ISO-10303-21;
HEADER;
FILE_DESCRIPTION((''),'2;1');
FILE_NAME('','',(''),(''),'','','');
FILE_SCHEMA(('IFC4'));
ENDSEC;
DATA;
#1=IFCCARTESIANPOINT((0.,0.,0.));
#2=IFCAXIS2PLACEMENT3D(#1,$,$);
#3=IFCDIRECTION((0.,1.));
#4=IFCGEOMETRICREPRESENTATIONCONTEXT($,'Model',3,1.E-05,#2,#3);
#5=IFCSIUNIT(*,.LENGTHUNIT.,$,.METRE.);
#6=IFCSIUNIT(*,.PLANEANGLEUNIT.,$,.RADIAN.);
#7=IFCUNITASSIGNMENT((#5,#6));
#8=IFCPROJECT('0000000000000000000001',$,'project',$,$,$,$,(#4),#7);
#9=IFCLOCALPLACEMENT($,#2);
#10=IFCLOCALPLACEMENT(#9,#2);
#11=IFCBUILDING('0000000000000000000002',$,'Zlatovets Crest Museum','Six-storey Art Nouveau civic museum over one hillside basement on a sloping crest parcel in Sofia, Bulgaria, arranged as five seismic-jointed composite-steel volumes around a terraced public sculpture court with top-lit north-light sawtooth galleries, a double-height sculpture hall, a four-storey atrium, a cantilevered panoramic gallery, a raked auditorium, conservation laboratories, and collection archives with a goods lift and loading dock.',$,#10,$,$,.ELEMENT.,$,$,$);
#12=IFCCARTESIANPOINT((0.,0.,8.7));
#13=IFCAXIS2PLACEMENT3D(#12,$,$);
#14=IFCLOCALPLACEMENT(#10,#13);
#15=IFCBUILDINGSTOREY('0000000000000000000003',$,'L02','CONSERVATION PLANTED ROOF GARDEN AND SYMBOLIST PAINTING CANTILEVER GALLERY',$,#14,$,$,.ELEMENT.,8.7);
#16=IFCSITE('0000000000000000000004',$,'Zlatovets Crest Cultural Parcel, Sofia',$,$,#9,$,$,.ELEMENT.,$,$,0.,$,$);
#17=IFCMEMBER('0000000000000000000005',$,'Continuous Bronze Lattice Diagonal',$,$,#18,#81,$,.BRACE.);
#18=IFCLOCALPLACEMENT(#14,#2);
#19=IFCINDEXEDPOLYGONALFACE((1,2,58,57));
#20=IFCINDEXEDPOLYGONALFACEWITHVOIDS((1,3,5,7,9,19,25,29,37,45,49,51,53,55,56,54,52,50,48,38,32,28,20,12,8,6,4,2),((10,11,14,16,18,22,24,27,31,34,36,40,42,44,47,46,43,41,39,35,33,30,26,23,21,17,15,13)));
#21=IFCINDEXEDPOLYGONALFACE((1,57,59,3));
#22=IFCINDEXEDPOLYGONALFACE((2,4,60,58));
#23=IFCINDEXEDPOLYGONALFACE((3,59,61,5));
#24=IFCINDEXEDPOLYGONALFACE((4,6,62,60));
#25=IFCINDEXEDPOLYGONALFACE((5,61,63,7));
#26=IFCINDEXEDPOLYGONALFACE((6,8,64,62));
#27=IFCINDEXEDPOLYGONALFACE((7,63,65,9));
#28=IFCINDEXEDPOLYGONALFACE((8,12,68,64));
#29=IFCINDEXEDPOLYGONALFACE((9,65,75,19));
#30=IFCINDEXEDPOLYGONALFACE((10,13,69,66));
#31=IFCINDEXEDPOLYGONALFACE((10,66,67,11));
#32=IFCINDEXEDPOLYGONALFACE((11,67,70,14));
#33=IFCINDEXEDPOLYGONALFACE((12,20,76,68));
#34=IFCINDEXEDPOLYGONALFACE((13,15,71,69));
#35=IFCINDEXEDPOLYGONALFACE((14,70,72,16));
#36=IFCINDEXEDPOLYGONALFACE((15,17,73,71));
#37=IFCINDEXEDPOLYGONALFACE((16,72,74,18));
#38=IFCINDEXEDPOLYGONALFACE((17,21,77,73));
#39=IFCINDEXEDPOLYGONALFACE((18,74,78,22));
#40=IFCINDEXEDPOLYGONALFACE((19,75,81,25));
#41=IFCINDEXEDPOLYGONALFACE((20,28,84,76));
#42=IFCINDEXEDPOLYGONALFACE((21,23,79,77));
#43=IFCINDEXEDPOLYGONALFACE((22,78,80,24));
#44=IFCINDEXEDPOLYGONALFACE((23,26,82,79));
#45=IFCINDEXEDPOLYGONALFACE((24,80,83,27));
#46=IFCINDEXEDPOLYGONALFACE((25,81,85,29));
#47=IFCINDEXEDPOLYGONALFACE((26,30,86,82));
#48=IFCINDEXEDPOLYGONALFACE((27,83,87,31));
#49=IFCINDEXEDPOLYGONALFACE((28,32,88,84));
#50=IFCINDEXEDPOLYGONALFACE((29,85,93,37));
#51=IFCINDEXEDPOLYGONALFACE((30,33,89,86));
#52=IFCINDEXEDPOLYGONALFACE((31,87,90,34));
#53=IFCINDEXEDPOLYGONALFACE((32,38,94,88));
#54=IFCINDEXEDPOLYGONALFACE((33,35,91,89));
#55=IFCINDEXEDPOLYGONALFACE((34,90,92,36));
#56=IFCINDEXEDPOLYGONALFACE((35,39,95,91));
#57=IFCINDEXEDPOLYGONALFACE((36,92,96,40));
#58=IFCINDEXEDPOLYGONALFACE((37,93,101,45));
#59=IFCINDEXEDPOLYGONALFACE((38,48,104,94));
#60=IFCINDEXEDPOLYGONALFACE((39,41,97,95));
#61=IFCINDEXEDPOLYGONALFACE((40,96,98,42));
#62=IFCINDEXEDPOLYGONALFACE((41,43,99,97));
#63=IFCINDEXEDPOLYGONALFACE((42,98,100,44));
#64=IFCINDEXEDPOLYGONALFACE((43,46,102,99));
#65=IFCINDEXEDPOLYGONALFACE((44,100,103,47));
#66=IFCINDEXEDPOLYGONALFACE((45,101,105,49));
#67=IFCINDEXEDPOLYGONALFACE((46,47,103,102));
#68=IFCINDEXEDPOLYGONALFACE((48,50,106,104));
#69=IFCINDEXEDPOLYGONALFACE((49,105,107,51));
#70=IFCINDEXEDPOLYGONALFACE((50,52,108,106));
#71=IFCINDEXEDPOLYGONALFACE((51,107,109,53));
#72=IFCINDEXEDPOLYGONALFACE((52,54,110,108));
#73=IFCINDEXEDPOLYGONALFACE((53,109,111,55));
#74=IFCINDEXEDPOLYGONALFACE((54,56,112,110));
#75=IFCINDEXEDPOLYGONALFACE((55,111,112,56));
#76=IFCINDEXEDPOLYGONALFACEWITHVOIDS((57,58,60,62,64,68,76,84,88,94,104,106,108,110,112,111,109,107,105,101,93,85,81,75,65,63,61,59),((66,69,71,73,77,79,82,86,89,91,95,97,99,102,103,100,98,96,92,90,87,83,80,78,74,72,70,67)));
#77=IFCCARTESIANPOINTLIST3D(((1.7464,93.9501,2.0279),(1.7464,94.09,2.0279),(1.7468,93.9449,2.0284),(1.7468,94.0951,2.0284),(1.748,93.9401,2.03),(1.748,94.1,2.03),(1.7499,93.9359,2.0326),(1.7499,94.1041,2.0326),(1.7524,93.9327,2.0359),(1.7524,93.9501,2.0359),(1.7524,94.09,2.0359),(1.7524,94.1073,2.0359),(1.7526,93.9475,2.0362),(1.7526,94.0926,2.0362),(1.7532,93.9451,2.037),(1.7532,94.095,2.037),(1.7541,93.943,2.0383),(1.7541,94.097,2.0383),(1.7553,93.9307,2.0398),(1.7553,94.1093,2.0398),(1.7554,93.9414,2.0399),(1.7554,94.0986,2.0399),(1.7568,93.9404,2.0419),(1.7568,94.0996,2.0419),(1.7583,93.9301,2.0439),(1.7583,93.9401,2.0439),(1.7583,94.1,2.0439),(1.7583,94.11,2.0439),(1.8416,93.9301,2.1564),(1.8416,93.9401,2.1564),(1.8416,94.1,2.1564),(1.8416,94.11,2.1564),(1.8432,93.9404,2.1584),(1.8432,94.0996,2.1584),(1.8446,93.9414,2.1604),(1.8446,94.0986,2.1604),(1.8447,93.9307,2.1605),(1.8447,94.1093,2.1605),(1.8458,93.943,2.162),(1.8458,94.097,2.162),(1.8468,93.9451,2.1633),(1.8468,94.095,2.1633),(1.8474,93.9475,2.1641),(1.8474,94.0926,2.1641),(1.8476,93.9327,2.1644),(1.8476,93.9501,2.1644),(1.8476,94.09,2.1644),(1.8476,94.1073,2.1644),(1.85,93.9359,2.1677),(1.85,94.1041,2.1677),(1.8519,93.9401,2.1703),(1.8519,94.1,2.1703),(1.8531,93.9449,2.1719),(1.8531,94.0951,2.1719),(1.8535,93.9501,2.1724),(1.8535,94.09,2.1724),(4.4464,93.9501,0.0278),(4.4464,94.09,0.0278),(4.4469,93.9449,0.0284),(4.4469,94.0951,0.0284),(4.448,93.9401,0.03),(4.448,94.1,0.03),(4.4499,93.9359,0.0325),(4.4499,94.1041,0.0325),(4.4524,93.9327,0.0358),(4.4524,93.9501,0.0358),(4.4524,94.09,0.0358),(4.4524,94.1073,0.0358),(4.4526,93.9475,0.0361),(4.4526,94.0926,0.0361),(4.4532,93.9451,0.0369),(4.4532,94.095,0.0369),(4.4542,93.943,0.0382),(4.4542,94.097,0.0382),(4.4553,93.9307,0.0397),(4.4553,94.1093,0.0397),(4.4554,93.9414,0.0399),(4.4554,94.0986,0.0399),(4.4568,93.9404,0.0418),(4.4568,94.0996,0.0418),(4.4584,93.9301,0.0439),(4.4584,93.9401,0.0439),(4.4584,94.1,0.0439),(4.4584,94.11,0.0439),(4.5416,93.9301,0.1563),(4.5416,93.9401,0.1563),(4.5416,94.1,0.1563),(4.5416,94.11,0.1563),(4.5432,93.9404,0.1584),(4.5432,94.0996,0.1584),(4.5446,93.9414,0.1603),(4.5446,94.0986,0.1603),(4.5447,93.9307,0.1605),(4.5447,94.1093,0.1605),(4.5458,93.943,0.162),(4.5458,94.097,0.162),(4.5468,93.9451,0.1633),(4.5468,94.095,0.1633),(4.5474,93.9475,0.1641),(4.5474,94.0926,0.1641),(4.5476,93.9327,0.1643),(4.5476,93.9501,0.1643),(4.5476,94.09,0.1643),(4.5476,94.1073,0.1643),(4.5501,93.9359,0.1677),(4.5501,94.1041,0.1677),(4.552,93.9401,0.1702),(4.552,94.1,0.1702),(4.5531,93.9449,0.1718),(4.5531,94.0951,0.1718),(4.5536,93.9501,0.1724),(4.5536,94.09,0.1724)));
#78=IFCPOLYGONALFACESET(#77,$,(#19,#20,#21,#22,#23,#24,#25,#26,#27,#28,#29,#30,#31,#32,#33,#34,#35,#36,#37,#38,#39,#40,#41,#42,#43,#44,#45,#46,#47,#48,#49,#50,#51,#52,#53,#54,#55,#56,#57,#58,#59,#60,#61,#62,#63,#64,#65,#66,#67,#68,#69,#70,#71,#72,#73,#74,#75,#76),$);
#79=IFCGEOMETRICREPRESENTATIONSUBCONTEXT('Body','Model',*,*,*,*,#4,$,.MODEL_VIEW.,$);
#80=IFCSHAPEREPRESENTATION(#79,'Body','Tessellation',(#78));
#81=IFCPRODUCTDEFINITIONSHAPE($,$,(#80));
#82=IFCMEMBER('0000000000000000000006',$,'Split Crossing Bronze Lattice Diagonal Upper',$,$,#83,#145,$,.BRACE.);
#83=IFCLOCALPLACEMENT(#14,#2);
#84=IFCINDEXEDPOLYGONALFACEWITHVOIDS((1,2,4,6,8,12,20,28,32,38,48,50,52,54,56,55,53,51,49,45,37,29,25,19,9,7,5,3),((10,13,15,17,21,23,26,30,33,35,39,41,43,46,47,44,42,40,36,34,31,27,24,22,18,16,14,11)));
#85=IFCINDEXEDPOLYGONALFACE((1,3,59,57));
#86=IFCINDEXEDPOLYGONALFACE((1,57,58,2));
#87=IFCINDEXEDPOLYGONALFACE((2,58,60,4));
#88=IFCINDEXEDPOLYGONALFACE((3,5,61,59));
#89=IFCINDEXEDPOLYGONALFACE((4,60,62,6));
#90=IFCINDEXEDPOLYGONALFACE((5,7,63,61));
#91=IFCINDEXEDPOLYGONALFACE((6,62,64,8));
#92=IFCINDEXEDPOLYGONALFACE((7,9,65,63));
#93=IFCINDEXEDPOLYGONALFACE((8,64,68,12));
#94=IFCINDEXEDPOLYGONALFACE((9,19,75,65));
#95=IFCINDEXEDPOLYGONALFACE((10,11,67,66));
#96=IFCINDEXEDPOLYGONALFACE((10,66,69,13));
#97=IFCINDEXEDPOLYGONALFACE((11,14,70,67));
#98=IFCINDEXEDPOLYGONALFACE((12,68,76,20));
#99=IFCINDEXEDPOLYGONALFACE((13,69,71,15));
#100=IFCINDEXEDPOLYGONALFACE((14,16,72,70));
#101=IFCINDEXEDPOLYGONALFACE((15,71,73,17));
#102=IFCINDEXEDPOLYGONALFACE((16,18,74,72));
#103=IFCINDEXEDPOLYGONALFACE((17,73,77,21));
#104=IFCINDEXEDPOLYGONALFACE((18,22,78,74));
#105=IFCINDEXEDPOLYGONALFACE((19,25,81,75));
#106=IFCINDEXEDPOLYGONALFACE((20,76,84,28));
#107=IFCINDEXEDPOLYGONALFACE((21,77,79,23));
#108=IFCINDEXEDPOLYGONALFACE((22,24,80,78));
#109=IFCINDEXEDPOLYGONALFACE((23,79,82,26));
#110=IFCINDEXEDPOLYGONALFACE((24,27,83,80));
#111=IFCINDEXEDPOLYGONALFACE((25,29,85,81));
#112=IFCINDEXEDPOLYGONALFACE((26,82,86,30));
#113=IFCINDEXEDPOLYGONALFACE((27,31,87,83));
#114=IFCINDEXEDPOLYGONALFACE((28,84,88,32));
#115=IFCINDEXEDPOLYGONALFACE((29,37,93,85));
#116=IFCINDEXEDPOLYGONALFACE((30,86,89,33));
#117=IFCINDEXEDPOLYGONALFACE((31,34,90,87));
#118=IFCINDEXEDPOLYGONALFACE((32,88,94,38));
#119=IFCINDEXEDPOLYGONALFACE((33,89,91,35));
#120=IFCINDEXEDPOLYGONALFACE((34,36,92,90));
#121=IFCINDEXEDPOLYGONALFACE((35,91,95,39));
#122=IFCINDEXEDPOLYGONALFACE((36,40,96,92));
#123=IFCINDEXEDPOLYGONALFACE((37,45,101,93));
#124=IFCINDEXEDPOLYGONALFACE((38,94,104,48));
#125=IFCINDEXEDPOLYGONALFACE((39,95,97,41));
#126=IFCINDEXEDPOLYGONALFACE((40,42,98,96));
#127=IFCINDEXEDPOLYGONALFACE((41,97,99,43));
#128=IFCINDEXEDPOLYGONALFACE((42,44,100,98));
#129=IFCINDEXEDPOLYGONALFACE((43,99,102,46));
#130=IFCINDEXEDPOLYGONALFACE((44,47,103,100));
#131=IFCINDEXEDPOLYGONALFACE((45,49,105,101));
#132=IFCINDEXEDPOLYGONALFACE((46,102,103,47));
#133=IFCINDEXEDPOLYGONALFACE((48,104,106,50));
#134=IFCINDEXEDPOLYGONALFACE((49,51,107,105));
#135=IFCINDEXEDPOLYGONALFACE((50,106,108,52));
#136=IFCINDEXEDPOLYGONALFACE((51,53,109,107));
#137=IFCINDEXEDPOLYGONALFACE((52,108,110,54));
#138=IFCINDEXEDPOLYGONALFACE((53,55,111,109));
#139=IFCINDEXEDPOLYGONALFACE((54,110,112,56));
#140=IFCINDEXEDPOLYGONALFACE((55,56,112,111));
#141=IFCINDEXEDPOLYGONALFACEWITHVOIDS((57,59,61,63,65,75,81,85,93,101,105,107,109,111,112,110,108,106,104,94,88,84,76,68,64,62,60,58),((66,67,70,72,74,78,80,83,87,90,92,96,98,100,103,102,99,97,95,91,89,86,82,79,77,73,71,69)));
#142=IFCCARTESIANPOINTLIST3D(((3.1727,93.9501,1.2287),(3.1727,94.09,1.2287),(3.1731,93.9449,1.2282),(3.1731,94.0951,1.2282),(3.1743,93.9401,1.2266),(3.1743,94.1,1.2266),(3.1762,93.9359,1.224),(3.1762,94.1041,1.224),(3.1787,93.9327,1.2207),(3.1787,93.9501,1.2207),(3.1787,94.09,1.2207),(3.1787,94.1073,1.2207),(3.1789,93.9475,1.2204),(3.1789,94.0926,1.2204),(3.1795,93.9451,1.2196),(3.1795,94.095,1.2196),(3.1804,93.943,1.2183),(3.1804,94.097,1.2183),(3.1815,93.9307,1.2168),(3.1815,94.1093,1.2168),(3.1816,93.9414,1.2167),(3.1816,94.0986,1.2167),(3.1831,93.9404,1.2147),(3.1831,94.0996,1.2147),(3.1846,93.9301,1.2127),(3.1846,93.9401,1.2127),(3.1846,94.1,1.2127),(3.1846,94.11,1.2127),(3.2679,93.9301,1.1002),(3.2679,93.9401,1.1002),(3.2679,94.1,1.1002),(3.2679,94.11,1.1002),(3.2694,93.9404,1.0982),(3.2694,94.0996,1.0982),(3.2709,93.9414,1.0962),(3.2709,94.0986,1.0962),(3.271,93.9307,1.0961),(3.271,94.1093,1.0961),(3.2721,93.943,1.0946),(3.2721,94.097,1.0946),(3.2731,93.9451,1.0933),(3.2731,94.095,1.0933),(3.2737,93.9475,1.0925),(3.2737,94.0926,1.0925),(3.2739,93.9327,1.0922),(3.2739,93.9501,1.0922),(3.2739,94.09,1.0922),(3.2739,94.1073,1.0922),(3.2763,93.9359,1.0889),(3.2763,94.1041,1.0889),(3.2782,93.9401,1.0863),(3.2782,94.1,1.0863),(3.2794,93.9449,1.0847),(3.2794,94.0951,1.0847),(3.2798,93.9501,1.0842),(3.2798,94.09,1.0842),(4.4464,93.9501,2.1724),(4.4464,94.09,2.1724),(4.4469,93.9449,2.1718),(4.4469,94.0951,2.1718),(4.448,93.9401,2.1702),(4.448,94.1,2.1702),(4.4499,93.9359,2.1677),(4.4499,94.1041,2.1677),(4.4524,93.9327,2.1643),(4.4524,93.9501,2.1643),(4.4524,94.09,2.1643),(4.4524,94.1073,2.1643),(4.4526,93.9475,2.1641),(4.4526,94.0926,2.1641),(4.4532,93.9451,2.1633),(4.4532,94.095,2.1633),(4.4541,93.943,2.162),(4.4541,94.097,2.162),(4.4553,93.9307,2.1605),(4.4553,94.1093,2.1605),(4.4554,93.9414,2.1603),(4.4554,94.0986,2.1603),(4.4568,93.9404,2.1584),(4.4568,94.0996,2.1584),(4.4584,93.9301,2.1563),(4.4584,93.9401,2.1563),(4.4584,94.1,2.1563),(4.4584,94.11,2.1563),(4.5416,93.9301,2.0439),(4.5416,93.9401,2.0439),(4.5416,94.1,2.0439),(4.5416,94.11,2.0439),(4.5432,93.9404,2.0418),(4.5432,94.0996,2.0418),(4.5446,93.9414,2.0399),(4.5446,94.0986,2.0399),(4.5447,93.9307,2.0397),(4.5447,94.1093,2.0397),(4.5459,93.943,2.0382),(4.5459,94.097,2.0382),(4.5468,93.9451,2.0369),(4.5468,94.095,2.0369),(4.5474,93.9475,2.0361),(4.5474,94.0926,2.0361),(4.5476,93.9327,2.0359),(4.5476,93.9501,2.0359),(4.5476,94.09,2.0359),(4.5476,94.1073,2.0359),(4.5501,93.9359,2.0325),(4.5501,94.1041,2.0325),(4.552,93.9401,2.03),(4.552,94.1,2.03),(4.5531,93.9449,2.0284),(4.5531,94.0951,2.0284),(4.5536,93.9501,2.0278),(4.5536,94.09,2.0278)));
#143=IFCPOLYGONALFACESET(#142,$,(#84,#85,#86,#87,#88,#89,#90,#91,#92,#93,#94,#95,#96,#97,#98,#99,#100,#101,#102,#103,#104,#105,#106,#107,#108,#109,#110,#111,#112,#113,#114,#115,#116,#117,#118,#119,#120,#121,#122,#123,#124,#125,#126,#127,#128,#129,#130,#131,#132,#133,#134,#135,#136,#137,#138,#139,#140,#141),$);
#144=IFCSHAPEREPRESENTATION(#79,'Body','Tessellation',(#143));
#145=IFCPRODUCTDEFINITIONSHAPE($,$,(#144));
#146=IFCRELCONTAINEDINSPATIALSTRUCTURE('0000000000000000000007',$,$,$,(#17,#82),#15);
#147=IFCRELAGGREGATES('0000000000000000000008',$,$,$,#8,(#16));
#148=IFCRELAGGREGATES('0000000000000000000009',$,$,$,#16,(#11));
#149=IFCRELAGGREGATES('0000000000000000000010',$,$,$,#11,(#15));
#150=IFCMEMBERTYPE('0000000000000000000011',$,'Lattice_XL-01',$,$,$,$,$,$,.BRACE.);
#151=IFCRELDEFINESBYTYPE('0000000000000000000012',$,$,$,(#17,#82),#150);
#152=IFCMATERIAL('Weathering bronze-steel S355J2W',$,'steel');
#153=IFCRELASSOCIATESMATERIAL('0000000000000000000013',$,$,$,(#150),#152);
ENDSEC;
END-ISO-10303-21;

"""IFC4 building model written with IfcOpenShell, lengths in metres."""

from ifc_helpers import new_model, si_unit, direction, frame, origin, origin_2d, place, context, subcontext, project, spatial, hollow_rectangle, extrude, material, material_profile, profile_set, type_object, element, save


model = new_model("IFC4")

# Units and contexts
model_context = context("Model", 3, precision=1e-05, world=origin(), true_north=direction((0.0, 1.0)))
body_context = subcontext(model_context, "Body", "Model", "MODEL_VIEW")
ifc_project = project(units=[si_unit("LENGTHUNIT", "METRE"), si_unit("PLANEANGLEUNIT", "RADIAN")], contexts=[model_context])

# Site, building, storey
site_placement = place(None, origin())
site = spatial("IfcSite", under=ifc_project, at=site_placement, Name="Zlatovets Crest Cultural Parcel, Sofia", CompositionType="ELEMENT", RefElevation=0.0)
building_placement = place(site_placement, origin())
building = spatial("IfcBuilding", under=site, at=building_placement, Name="Zlatovets Crest Museum", Description="Six-storey Art Nouveau civic museum over one hillside basement on a sloping crest parcel in Sofia, Bulgaria, arranged as five seismic-jointed composite-steel volumes around a terraced public sculpture court with top-lit north-light sawtooth galleries, a double-height sculpture hall, a four-storey atrium, a cantilevered panoramic gallery, a raked auditorium, conservation laboratories, and collection archives with a goods lift and loading dock.", CompositionType="ELEMENT")
storey_placement = place(building_placement, frame((0.0, 0.0, 8.7)))
storey = spatial("IfcBuildingStorey", under=building, at=storey_placement, Name="L02", Description="CONSERVATION PLANTED ROOF GARDEN AND SYMBOLIST PAINTING CANTILEVER GALLERY", CompositionType="ELEMENT", Elevation=8.7)

# Members
ifc_material_1 = material(Name="Weathering bronze-steel S355J2W", Category="steel")
ifc_material_profile_1 = material_profile(ifc_material_1, hollow_rectangle(XDim=0.1799, YDim=0.1799, WallThickness=0.01, InnerFilletRadius=0.01, OuterFilletRadius=0.02, at=origin_2d()), Name="SHS 180x180x10.0")
ifc_profile_set_1 = profile_set([ifc_material_profile_1], Name="Weathering bronze-steel S355J2W")
member_type_1 = type_object("IfcMemberType", Name="Lattice_XL-01", PredefinedType="BRACE", material=ifc_profile_set_1)
member_1_placement = place(storey_placement, frame((4.5, 94.02, 0.1001), z_axis=(-0.803552, 0.0, 0.595235), x_axis=(0.0, -1.0, 0.0)))
element("IfcMember", 1, at=member_1_placement, inside=storey, type_object=member_type_1, Name="Continuous Bronze Lattice Diagonal", PredefinedType="BRACE", context=body_context, shape_type="SweptSolid", body=[
    extrude(hollow_rectangle(XDim=0.1799, YDim=0.1799, WallThickness=0.01, InnerFilletRadius=0.01, OuterFilletRadius=0.02, at=origin_2d()), origin(), (0.0, 0.0, 1.0), 3.3601),
])
member_2_placement = place(storey_placement, frame((4.5, 94.02, 2.1001), z_axis=(-0.803516, 0.0, -0.595283), x_axis=(0.0, -1.0, 0.0)))
element("IfcMember", 2, at=member_2_placement, inside=storey, type_object=member_type_1, Name="Split Crossing Bronze Lattice Diagonal Upper", PredefinedType="BRACE", context=body_context, shape_type="SweptSolid", body=[
    extrude(hollow_rectangle(XDim=0.1799, YDim=0.1799, WallThickness=0.01, InnerFilletRadius=0.01, OuterFilletRadius=0.02, at=origin_2d()), origin(), (0.0, 0.0, 1.0), 1.5852),
])

save(model, "model.ifc")
